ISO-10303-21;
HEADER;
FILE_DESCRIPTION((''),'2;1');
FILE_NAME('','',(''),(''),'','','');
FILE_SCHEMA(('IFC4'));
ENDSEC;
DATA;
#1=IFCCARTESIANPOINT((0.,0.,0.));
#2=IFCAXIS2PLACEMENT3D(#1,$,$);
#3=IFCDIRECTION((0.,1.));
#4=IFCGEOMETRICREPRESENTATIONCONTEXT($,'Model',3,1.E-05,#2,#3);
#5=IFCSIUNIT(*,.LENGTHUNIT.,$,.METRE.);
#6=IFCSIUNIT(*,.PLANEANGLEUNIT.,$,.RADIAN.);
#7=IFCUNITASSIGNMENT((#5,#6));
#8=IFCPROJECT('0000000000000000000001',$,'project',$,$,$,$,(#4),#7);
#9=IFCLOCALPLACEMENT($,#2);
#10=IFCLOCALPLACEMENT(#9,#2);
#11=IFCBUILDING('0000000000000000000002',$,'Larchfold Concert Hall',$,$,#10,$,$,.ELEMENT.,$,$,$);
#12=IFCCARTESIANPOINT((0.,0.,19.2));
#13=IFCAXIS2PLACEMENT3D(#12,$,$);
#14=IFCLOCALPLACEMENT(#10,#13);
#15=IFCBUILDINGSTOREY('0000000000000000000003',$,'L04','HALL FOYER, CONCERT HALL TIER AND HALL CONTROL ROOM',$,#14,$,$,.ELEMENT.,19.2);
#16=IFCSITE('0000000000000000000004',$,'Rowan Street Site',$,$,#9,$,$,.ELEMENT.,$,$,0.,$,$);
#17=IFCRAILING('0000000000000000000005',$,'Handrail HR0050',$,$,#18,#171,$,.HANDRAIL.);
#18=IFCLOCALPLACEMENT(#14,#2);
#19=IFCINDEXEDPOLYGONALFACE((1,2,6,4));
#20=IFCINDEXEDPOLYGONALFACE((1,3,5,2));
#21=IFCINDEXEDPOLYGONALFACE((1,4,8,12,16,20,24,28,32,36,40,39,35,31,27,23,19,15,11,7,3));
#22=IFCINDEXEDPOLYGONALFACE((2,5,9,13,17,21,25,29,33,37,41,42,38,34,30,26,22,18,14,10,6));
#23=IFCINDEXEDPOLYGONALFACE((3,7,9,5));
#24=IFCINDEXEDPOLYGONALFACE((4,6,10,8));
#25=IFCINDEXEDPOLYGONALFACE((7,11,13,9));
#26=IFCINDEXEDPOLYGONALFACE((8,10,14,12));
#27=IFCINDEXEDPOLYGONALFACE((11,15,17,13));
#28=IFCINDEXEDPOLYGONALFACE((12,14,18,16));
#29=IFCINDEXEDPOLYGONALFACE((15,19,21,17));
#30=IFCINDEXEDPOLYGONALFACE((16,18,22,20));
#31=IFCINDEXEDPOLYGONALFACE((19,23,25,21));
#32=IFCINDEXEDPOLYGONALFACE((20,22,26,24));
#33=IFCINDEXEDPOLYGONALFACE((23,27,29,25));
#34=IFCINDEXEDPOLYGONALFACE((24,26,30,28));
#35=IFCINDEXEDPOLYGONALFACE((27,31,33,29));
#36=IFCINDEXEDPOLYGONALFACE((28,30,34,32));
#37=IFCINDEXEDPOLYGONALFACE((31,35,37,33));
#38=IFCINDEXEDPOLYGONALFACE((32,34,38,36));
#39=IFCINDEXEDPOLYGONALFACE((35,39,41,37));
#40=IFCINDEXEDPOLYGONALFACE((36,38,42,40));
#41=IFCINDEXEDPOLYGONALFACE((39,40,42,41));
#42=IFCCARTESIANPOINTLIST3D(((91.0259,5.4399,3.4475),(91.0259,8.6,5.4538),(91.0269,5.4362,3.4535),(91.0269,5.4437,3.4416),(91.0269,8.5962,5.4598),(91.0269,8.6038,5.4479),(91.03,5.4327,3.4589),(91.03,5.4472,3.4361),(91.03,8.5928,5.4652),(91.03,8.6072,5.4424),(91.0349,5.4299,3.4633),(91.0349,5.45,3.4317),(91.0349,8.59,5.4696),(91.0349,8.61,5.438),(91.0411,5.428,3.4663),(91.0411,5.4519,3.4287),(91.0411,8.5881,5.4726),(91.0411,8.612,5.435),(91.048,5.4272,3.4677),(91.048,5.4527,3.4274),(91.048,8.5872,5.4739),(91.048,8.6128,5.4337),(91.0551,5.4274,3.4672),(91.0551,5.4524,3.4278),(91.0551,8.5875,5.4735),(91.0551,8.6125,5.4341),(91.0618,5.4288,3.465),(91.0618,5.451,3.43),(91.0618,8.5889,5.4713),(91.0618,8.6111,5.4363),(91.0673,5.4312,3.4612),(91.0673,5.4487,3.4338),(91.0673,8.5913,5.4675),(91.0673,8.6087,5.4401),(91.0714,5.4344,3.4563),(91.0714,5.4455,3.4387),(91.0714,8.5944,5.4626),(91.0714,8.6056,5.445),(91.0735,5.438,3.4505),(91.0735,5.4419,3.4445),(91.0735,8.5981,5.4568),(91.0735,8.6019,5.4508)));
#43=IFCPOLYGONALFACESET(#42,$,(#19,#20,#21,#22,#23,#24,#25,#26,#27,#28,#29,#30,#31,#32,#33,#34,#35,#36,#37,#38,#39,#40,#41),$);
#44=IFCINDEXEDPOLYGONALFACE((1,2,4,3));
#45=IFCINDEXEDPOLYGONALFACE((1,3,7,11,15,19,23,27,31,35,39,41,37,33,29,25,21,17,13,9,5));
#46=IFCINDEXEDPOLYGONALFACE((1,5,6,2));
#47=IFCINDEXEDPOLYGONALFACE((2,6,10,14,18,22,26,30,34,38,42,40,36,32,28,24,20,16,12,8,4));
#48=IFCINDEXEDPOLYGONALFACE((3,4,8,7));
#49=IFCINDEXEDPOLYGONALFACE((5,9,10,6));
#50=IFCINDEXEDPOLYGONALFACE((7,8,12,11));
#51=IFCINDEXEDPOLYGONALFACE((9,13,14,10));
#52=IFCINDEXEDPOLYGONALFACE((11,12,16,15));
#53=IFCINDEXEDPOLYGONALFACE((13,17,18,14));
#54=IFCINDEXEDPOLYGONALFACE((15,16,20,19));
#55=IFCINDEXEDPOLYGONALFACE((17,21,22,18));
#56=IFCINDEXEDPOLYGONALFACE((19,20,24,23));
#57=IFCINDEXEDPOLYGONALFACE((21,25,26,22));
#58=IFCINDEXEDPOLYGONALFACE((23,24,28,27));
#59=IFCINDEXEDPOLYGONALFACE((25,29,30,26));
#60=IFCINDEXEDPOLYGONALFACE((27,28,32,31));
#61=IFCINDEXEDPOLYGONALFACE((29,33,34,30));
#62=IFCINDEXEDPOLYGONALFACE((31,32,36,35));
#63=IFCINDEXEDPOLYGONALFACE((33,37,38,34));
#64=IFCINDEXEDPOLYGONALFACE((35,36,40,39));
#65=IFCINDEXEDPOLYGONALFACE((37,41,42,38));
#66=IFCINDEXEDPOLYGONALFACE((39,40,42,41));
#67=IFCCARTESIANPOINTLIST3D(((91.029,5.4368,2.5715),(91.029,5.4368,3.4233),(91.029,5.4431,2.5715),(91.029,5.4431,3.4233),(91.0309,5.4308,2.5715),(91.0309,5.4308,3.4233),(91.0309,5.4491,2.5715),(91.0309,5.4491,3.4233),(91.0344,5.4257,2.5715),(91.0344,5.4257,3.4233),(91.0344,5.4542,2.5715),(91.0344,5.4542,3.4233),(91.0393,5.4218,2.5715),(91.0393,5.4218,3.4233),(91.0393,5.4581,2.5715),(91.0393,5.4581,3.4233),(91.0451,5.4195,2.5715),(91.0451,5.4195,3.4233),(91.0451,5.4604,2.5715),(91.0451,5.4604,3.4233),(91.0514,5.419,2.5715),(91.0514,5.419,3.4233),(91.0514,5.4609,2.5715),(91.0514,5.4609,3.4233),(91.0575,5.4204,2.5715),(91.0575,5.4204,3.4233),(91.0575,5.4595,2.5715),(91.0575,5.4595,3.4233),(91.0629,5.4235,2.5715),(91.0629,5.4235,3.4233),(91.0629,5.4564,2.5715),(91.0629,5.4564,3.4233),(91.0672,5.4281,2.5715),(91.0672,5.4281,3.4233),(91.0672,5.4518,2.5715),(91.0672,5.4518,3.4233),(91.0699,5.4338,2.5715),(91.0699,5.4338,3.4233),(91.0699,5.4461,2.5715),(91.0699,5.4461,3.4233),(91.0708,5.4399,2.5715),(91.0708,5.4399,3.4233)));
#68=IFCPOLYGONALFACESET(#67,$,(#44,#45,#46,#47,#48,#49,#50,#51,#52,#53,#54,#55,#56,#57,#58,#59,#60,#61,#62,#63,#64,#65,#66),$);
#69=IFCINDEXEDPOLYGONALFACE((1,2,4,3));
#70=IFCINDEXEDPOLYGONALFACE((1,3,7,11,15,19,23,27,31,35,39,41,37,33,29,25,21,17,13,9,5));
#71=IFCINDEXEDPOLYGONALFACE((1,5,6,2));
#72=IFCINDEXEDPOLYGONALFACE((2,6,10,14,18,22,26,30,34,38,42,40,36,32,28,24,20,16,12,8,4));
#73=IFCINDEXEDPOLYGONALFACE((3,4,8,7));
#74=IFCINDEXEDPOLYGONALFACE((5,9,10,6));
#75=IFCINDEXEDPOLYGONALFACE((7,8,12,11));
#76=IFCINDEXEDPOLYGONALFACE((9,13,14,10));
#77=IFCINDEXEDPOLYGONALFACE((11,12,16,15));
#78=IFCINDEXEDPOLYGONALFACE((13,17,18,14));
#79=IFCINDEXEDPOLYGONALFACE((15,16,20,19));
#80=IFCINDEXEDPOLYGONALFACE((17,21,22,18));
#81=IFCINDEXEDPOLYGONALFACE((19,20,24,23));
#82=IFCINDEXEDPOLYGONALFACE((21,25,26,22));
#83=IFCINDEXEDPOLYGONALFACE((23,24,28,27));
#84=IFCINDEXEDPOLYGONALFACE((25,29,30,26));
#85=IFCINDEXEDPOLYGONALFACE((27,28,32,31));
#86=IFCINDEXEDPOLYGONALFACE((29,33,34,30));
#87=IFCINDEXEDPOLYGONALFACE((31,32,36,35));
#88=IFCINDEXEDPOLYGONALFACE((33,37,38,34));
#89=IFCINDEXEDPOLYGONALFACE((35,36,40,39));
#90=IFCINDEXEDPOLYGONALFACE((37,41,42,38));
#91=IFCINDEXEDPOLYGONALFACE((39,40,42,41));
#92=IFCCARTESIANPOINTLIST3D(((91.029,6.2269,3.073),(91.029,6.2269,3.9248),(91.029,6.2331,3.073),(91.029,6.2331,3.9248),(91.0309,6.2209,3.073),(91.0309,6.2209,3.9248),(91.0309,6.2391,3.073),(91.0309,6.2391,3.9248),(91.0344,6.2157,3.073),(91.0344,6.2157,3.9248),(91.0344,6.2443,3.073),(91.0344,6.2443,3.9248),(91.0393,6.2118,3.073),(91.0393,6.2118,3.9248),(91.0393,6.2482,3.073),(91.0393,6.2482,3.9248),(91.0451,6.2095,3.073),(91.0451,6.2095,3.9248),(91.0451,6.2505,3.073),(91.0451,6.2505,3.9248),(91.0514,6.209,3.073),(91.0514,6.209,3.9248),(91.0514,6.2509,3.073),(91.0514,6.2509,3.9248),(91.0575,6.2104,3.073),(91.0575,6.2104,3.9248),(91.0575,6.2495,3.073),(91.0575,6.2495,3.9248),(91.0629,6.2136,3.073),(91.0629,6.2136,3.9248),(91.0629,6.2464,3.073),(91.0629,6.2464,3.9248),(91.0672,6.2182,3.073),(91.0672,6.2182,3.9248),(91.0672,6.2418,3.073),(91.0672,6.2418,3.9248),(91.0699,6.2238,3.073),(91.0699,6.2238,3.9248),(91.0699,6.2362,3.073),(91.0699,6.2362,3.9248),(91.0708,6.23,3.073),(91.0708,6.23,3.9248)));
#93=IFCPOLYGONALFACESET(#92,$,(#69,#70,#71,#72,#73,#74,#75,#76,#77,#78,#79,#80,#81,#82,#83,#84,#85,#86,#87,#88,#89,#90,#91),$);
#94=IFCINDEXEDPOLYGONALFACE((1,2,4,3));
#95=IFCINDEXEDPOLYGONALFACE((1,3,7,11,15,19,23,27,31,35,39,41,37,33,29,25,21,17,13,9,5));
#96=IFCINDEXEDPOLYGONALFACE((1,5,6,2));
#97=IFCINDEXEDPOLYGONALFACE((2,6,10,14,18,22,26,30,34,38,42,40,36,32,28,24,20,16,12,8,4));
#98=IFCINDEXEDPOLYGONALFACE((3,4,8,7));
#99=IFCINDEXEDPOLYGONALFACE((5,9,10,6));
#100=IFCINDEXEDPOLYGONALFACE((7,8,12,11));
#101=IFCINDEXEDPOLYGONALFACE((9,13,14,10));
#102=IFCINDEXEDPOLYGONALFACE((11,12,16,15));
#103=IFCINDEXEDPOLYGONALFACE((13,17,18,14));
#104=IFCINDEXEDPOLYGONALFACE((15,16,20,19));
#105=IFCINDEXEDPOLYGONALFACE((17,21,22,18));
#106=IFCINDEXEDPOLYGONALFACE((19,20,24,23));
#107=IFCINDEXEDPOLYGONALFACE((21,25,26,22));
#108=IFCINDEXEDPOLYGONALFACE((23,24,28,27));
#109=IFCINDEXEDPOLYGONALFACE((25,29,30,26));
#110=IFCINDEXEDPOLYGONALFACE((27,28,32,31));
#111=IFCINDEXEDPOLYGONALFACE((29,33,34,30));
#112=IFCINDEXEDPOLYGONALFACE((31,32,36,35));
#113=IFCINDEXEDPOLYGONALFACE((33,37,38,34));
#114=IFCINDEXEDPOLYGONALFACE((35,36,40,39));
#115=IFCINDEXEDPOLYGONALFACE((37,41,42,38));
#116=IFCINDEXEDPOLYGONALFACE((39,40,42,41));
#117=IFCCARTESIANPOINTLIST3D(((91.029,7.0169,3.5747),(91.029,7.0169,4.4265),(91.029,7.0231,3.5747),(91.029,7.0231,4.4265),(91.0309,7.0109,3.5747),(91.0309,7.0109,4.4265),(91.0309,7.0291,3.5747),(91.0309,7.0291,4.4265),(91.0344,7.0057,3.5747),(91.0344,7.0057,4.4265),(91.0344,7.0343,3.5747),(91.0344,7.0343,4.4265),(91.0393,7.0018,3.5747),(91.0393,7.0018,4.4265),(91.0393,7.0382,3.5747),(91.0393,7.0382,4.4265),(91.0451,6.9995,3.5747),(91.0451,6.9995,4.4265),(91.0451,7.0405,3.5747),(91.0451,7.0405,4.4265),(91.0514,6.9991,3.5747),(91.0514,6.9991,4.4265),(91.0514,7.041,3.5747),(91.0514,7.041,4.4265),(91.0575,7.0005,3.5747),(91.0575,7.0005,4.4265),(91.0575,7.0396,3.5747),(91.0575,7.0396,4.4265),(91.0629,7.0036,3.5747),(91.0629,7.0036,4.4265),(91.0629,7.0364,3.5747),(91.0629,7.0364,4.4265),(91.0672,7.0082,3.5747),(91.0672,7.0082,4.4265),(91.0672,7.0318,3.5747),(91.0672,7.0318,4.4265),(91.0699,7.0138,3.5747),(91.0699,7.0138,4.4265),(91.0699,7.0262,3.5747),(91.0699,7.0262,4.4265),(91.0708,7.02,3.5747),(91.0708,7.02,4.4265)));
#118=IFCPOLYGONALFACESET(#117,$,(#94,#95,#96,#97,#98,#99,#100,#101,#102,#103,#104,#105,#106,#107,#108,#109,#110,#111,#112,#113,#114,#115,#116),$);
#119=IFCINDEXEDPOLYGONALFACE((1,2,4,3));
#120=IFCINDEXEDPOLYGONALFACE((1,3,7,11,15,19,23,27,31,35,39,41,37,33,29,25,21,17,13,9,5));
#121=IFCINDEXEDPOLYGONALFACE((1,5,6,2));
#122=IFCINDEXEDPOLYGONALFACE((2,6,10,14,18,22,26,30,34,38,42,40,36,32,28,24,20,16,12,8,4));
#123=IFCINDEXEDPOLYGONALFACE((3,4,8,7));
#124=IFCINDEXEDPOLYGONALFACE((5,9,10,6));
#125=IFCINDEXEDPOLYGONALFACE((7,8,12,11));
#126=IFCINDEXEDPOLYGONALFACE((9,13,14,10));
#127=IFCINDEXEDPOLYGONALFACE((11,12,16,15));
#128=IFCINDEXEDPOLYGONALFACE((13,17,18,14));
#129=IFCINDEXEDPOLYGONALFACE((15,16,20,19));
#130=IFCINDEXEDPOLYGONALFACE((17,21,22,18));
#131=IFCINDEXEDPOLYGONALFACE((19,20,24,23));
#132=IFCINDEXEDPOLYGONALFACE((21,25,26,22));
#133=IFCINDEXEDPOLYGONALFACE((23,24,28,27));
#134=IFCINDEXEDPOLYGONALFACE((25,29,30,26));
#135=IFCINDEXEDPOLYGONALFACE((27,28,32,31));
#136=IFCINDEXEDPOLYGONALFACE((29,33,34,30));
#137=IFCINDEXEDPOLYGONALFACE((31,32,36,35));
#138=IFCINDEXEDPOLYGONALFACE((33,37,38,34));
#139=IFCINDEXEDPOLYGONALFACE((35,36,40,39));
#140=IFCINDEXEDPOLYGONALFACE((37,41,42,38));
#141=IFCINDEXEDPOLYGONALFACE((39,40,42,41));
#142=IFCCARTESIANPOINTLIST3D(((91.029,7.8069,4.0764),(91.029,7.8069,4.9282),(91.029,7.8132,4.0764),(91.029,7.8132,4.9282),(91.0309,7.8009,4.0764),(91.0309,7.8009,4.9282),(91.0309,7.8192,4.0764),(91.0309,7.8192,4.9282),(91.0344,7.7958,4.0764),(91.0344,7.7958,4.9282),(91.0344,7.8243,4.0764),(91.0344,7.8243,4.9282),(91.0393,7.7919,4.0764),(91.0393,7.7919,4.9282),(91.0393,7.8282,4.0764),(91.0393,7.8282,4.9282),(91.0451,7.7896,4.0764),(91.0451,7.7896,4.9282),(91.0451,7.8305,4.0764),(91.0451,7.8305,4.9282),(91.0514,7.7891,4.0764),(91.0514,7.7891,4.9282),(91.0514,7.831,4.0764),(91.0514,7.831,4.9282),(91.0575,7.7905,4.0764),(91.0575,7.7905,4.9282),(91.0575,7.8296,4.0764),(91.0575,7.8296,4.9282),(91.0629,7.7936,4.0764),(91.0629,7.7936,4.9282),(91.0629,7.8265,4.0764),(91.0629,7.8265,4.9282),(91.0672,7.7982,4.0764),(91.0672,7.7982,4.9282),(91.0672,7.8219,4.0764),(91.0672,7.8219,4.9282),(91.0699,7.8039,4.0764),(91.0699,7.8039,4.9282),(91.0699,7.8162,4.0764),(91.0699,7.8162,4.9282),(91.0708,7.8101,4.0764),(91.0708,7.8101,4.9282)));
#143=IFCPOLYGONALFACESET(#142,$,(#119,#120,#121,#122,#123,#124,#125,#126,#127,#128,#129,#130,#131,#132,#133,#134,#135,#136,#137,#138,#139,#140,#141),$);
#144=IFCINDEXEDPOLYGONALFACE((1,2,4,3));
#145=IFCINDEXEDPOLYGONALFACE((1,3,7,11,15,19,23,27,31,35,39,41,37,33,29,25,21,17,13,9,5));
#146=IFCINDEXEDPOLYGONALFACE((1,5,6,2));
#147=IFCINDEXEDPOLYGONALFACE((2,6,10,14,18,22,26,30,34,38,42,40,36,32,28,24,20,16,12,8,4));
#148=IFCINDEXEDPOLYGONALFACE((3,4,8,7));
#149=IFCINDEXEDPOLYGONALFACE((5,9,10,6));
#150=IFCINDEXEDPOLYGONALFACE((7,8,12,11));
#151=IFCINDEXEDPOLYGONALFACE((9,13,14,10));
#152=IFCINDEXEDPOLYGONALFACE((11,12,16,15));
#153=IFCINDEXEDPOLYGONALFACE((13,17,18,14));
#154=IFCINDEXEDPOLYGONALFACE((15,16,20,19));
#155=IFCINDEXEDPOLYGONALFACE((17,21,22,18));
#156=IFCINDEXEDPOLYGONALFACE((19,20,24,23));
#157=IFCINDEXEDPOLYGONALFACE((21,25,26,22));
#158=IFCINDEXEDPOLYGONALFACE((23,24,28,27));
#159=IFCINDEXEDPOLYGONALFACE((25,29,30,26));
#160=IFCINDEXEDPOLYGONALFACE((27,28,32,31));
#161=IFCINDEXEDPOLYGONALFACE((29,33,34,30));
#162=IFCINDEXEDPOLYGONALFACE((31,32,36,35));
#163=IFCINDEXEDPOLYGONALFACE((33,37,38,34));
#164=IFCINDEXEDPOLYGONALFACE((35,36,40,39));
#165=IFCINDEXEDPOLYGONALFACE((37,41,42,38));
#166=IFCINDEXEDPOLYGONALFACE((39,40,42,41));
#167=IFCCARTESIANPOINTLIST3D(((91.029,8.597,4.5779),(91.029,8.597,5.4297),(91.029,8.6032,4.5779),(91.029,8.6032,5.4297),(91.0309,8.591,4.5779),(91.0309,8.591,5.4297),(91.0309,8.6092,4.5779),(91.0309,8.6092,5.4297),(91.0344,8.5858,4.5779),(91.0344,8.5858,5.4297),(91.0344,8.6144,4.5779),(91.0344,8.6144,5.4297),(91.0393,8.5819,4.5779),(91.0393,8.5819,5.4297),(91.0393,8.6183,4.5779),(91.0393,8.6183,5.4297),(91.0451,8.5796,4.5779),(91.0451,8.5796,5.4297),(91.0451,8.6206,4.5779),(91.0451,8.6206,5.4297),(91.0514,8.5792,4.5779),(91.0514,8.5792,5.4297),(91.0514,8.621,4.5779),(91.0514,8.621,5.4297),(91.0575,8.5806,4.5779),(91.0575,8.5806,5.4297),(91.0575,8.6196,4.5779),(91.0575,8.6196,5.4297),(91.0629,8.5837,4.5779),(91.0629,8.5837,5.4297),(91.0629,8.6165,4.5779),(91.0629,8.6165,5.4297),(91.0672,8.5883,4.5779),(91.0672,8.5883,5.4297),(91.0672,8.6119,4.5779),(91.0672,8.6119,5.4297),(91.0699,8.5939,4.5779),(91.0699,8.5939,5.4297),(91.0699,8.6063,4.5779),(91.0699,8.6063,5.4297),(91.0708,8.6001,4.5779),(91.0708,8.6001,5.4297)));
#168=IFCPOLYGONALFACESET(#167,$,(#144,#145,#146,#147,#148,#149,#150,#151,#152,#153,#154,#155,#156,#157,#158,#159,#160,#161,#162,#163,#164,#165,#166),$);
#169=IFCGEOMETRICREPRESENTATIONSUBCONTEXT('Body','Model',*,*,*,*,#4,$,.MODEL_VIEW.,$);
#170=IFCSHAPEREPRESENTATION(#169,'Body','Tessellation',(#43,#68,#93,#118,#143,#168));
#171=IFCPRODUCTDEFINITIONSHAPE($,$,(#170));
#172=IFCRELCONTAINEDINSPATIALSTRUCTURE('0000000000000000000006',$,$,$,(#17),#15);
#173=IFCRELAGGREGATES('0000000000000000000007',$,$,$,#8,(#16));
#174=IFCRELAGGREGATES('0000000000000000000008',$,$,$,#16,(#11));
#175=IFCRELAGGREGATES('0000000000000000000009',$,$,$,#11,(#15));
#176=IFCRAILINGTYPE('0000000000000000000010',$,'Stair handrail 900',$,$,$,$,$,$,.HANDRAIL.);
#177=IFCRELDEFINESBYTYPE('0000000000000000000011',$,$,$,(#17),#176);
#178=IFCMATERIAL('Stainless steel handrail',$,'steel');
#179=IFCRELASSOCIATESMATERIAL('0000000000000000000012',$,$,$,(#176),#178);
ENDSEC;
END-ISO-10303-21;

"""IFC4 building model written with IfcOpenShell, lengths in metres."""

from ifc_helpers import new_model, si_unit, direction, frame, origin, origin_2d, place, context, subcontext, project, spatial, circle, extrude, material, type_object, element, save


model = new_model("IFC4")

# Units and contexts
model_context = context("Model", 3, precision=1e-05, world=origin(), true_north=direction((0.0, 1.0)))
body_context = subcontext(model_context, "Body", "Model", "MODEL_VIEW")
ifc_project = project(units=[si_unit("LENGTHUNIT", "METRE"), si_unit("PLANEANGLEUNIT", "RADIAN")], contexts=[model_context])

# Site, building, storey
site_placement = place(None, origin())
site = spatial("IfcSite", under=ifc_project, at=site_placement, Name="Rowan Street Site", CompositionType="ELEMENT", RefElevation=0.0)
building_placement = place(site_placement, origin())
building = spatial("IfcBuilding", under=site, at=building_placement, Name="Larchfold Concert Hall", CompositionType="ELEMENT")
storey_placement = place(building_placement, frame((0.0, 0.0, 19.2)))
storey = spatial("IfcBuildingStorey", under=building, at=storey_placement, Name="L04", Description="HALL FOYER, CONCERT HALL TIER AND HALL CONTROL ROOM", CompositionType="ELEMENT", Elevation=19.2)

# Railing
ifc_material_1 = material(Name="Stainless steel handrail", Category="steel")
railing_type_1 = type_object("IfcRailingType", Name="Stair handrail 900", PredefinedType="HANDRAIL", material=ifc_material_1)
railing_1_placement = place(storey_placement, frame((91.0498, 5.4399, 2.5715)))
element("IfcRailing", 1, at=railing_1_placement, inside=storey, type_object=railing_type_1, Name="Handrail HR0050", PredefinedType="HANDRAIL", context=body_context, shape_type="SweptSolid", body=[
    extrude(circle(Radius=0.0239, at=origin_2d()), frame((0.0, 0.0, 0.876), z_axis=(0.0, 0.844225, 0.535989), x_axis=(-1.0, 0.0, 0.0)), (0.0, 0.0, 1.0), 3.7432),
    extrude(circle(Radius=0.021, at=origin_2d()), origin(), (0.0, 0.0, 1.0), 0.8518),
    extrude(circle(Radius=0.021, at=origin_2d()), frame((0.0, 0.79, 0.5015)), (0.0, 0.0, 1.0), 0.8518),
    extrude(circle(Radius=0.021, at=origin_2d()), frame((0.0, 1.5801, 1.0032)), (0.0, 0.0, 1.0), 0.8518),
    extrude(circle(Radius=0.021, at=origin_2d()), frame((0.0, 2.3701, 1.5049)), (0.0, 0.0, 1.0), 0.8518),
    extrude(circle(Radius=0.021, at=origin_2d()), frame((0.0, 3.1602, 2.0063)), (0.0, 0.0, 1.0), 0.8518),
])

save(model, "model.ifc")
